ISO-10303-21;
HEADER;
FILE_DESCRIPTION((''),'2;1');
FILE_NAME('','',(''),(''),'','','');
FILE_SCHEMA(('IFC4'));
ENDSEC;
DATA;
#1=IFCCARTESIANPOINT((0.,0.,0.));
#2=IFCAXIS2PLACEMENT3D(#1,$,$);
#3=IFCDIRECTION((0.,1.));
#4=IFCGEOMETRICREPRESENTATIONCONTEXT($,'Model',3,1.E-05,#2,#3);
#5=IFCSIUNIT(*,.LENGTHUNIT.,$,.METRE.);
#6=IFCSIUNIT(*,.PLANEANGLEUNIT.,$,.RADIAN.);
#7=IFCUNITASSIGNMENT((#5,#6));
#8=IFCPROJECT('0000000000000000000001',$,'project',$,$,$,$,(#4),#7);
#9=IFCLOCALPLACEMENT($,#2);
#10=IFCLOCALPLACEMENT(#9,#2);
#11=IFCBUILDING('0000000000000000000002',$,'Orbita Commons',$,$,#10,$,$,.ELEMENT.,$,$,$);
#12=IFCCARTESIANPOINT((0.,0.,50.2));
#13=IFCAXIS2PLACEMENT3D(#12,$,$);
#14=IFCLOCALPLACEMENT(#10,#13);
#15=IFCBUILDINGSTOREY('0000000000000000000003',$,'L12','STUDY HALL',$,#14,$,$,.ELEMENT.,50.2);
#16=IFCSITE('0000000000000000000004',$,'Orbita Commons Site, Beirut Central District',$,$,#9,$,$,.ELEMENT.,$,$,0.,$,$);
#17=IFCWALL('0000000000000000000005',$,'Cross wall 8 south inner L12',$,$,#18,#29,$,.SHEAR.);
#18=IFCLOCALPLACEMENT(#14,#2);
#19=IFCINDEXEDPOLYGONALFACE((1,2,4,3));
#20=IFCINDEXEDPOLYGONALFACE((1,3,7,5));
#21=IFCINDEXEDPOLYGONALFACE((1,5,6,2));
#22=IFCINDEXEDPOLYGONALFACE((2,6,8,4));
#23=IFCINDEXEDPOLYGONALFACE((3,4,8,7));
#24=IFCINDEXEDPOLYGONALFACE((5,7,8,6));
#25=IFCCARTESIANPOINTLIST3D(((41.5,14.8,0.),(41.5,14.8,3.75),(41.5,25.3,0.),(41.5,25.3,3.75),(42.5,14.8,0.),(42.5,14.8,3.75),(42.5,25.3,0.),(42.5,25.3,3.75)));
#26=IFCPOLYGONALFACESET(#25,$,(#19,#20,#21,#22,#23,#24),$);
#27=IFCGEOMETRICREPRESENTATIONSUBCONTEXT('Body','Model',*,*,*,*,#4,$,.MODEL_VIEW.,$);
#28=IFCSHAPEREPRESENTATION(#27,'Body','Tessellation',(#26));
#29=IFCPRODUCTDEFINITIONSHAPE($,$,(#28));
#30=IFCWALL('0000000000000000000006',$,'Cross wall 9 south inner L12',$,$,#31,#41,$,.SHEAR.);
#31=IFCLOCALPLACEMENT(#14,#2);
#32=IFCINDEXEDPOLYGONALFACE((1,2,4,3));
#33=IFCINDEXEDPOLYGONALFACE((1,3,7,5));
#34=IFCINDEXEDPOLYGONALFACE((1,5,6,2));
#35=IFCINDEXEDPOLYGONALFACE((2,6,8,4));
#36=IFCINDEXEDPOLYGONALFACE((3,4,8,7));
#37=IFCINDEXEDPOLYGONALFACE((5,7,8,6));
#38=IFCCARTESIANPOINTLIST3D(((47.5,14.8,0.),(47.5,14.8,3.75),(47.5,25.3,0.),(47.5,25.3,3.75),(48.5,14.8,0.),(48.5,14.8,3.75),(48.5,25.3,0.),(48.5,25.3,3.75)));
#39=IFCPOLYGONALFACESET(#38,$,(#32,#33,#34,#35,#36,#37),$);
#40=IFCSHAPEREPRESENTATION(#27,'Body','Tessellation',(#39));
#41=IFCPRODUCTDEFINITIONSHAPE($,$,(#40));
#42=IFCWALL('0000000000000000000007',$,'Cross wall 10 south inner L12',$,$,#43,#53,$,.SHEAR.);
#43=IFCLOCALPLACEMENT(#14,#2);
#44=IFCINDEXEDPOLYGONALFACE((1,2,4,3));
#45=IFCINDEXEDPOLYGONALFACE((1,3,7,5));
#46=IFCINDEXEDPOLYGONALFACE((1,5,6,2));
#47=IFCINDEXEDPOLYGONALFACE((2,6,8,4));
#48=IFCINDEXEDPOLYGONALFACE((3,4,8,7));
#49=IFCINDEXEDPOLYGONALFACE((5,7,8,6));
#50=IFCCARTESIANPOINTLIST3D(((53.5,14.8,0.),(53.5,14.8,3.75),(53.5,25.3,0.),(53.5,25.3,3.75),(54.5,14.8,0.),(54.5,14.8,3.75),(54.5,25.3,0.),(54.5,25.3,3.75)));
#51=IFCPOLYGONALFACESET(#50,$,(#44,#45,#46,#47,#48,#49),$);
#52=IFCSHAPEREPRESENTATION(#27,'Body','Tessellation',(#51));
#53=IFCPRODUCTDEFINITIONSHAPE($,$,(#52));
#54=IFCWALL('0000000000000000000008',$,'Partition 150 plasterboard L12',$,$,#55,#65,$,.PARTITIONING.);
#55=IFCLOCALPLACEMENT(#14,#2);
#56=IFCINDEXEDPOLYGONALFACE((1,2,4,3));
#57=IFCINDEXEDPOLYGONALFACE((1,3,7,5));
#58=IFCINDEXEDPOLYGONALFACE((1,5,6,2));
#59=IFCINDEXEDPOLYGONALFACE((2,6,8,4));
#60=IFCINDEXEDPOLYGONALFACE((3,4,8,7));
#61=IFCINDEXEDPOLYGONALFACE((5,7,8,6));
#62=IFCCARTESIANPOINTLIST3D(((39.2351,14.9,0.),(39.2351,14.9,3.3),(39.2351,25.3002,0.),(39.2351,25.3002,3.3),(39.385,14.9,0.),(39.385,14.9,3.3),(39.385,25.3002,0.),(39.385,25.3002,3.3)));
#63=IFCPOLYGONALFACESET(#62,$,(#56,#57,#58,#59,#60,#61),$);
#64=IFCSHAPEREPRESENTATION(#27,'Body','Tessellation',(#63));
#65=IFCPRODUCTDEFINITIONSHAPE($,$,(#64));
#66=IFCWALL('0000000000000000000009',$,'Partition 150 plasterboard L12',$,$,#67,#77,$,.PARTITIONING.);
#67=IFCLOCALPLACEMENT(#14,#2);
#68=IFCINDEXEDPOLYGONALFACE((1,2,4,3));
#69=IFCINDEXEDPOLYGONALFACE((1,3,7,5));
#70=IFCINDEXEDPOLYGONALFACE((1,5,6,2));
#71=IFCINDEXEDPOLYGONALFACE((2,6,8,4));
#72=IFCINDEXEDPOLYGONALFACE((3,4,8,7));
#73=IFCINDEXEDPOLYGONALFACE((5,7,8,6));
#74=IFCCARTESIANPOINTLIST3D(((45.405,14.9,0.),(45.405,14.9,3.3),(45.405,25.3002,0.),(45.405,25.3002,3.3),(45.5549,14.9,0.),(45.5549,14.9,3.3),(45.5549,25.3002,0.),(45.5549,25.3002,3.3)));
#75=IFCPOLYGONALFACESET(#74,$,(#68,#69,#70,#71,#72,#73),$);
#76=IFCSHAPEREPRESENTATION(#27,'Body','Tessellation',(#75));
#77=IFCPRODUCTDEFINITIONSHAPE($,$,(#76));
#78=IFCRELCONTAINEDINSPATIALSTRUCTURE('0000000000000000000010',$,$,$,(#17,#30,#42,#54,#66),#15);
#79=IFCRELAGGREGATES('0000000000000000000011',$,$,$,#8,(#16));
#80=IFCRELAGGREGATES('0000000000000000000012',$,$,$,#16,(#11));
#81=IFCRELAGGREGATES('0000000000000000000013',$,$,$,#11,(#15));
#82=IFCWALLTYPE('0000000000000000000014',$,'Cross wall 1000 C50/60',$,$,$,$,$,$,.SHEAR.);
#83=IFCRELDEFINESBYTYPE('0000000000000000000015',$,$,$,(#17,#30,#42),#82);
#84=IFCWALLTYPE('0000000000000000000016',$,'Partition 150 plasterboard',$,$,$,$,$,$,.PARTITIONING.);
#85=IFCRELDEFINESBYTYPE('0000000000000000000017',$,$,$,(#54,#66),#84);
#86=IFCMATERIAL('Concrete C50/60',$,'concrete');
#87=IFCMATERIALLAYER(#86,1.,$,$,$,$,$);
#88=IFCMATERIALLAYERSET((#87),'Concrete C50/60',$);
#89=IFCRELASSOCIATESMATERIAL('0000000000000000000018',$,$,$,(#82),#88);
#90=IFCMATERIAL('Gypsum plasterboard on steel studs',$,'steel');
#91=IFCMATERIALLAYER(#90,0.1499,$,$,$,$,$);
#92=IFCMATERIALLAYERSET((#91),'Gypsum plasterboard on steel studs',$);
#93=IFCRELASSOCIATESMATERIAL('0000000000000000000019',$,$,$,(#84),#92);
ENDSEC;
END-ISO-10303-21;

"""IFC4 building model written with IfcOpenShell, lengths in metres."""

from ifc_helpers import new_model, si_unit, direction, frame, frame_2d, origin, place, context, subcontext, project, spatial, rectangle, extrude, material, layer, layer_set, type_object, element, save


model = new_model("IFC4")

# Units and contexts
model_context = context("Model", 3, precision=1e-05, world=origin(), true_north=direction((0.0, 1.0)))
body_context = subcontext(model_context, "Body", "Model", "MODEL_VIEW")
ifc_project = project(units=[si_unit("LENGTHUNIT", "METRE"), si_unit("PLANEANGLEUNIT", "RADIAN")], contexts=[model_context])

# Site, building, storey
site_placement = place(None, origin())
site = spatial("IfcSite", under=ifc_project, at=site_placement, Name="Orbita Commons Site, Beirut Central District", CompositionType="ELEMENT", RefElevation=0.0)
building_placement = place(site_placement, origin())
building = spatial("IfcBuilding", under=site, at=building_placement, Name="Orbita Commons", CompositionType="ELEMENT")
storey_placement = place(building_placement, frame((0.0, 0.0, 50.2)))
storey = spatial("IfcBuildingStorey", under=building, at=storey_placement, Name="L12", Description="STUDY HALL", CompositionType="ELEMENT", Elevation=50.2)

# Walls
ifc_material_1 = material(Name="Concrete C50/60", Category="concrete")
ifc_layer_1 = layer(ifc_material_1, 1.0)
ifc_layer_set_1 = layer_set([ifc_layer_1], Name="Concrete C50/60")
wall_type_1 = type_object("IfcWallType", Name="Cross wall 1000 C50/60", PredefinedType="SHEAR", material=ifc_layer_set_1)
for number, where, z_axis, x_axis, name in (
    (1, (42.0, 14.8, 0.0), (0.0, 0.0, 1.0), (0.0, 1.0, 0.0), "Cross wall 8 south inner L12"),
    (2, (48.0, 14.8, 0.0), (0.0, 0.0, 1.0), (0.0, 1.0, 0.0), "Cross wall 9 south inner L12"),
    (3, (54.0, 14.8, 0.0), (0.0, 0.0, 1.0), (0.0, 1.0, 0.0), "Cross wall 10 south inner L12"),
):
    element("IfcWall", number, at=place(storey_placement, frame(where, z_axis=z_axis, x_axis=x_axis)), inside=storey, type_object=wall_type_1, Name=name, PredefinedType="SHEAR", context=body_context, shape_type="SweptSolid", body=[
        extrude(rectangle(XDim=10.5, YDim=1.0, at=frame_2d((5.25, 0.0))), origin(), (0.0, 0.0, 1.0), 3.75),
    ])
ifc_material_2 = material(Name="Gypsum plasterboard on steel studs", Category="steel")
ifc_layer_2 = layer(ifc_material_2, 0.1499)
ifc_layer_set_2 = layer_set([ifc_layer_2], Name="Gypsum plasterboard on steel studs")
wall_type_2 = type_object("IfcWallType", Name="Partition 150 plasterboard", PredefinedType="PARTITIONING", material=ifc_layer_set_2)
for number, where, z_axis, x_axis, name in (
    (4, (39.3101, 14.8999, 0.0), (0.0, 0.0, 1.0), (0.0, 1.0, 0.0), "Partition 150 plasterboard L12"),
    (5, (45.48, 14.8999, 0.0), (0.0, 0.0, 1.0), (0.0, 1.0, 0.0), "Partition 150 plasterboard L12"),
):
    element("IfcWall", number, at=place(storey_placement, frame(where, z_axis=z_axis, x_axis=x_axis)), inside=storey, type_object=wall_type_2, Name=name, PredefinedType="PARTITIONING", context=body_context, shape_type="SweptSolid", body=[
        extrude(rectangle(XDim=10.4001, YDim=0.1499, at=frame_2d((5.2002, 0.0))), origin(), (0.0, 0.0, 1.0), 3.3),
    ])

save(model, "model.ifc")
